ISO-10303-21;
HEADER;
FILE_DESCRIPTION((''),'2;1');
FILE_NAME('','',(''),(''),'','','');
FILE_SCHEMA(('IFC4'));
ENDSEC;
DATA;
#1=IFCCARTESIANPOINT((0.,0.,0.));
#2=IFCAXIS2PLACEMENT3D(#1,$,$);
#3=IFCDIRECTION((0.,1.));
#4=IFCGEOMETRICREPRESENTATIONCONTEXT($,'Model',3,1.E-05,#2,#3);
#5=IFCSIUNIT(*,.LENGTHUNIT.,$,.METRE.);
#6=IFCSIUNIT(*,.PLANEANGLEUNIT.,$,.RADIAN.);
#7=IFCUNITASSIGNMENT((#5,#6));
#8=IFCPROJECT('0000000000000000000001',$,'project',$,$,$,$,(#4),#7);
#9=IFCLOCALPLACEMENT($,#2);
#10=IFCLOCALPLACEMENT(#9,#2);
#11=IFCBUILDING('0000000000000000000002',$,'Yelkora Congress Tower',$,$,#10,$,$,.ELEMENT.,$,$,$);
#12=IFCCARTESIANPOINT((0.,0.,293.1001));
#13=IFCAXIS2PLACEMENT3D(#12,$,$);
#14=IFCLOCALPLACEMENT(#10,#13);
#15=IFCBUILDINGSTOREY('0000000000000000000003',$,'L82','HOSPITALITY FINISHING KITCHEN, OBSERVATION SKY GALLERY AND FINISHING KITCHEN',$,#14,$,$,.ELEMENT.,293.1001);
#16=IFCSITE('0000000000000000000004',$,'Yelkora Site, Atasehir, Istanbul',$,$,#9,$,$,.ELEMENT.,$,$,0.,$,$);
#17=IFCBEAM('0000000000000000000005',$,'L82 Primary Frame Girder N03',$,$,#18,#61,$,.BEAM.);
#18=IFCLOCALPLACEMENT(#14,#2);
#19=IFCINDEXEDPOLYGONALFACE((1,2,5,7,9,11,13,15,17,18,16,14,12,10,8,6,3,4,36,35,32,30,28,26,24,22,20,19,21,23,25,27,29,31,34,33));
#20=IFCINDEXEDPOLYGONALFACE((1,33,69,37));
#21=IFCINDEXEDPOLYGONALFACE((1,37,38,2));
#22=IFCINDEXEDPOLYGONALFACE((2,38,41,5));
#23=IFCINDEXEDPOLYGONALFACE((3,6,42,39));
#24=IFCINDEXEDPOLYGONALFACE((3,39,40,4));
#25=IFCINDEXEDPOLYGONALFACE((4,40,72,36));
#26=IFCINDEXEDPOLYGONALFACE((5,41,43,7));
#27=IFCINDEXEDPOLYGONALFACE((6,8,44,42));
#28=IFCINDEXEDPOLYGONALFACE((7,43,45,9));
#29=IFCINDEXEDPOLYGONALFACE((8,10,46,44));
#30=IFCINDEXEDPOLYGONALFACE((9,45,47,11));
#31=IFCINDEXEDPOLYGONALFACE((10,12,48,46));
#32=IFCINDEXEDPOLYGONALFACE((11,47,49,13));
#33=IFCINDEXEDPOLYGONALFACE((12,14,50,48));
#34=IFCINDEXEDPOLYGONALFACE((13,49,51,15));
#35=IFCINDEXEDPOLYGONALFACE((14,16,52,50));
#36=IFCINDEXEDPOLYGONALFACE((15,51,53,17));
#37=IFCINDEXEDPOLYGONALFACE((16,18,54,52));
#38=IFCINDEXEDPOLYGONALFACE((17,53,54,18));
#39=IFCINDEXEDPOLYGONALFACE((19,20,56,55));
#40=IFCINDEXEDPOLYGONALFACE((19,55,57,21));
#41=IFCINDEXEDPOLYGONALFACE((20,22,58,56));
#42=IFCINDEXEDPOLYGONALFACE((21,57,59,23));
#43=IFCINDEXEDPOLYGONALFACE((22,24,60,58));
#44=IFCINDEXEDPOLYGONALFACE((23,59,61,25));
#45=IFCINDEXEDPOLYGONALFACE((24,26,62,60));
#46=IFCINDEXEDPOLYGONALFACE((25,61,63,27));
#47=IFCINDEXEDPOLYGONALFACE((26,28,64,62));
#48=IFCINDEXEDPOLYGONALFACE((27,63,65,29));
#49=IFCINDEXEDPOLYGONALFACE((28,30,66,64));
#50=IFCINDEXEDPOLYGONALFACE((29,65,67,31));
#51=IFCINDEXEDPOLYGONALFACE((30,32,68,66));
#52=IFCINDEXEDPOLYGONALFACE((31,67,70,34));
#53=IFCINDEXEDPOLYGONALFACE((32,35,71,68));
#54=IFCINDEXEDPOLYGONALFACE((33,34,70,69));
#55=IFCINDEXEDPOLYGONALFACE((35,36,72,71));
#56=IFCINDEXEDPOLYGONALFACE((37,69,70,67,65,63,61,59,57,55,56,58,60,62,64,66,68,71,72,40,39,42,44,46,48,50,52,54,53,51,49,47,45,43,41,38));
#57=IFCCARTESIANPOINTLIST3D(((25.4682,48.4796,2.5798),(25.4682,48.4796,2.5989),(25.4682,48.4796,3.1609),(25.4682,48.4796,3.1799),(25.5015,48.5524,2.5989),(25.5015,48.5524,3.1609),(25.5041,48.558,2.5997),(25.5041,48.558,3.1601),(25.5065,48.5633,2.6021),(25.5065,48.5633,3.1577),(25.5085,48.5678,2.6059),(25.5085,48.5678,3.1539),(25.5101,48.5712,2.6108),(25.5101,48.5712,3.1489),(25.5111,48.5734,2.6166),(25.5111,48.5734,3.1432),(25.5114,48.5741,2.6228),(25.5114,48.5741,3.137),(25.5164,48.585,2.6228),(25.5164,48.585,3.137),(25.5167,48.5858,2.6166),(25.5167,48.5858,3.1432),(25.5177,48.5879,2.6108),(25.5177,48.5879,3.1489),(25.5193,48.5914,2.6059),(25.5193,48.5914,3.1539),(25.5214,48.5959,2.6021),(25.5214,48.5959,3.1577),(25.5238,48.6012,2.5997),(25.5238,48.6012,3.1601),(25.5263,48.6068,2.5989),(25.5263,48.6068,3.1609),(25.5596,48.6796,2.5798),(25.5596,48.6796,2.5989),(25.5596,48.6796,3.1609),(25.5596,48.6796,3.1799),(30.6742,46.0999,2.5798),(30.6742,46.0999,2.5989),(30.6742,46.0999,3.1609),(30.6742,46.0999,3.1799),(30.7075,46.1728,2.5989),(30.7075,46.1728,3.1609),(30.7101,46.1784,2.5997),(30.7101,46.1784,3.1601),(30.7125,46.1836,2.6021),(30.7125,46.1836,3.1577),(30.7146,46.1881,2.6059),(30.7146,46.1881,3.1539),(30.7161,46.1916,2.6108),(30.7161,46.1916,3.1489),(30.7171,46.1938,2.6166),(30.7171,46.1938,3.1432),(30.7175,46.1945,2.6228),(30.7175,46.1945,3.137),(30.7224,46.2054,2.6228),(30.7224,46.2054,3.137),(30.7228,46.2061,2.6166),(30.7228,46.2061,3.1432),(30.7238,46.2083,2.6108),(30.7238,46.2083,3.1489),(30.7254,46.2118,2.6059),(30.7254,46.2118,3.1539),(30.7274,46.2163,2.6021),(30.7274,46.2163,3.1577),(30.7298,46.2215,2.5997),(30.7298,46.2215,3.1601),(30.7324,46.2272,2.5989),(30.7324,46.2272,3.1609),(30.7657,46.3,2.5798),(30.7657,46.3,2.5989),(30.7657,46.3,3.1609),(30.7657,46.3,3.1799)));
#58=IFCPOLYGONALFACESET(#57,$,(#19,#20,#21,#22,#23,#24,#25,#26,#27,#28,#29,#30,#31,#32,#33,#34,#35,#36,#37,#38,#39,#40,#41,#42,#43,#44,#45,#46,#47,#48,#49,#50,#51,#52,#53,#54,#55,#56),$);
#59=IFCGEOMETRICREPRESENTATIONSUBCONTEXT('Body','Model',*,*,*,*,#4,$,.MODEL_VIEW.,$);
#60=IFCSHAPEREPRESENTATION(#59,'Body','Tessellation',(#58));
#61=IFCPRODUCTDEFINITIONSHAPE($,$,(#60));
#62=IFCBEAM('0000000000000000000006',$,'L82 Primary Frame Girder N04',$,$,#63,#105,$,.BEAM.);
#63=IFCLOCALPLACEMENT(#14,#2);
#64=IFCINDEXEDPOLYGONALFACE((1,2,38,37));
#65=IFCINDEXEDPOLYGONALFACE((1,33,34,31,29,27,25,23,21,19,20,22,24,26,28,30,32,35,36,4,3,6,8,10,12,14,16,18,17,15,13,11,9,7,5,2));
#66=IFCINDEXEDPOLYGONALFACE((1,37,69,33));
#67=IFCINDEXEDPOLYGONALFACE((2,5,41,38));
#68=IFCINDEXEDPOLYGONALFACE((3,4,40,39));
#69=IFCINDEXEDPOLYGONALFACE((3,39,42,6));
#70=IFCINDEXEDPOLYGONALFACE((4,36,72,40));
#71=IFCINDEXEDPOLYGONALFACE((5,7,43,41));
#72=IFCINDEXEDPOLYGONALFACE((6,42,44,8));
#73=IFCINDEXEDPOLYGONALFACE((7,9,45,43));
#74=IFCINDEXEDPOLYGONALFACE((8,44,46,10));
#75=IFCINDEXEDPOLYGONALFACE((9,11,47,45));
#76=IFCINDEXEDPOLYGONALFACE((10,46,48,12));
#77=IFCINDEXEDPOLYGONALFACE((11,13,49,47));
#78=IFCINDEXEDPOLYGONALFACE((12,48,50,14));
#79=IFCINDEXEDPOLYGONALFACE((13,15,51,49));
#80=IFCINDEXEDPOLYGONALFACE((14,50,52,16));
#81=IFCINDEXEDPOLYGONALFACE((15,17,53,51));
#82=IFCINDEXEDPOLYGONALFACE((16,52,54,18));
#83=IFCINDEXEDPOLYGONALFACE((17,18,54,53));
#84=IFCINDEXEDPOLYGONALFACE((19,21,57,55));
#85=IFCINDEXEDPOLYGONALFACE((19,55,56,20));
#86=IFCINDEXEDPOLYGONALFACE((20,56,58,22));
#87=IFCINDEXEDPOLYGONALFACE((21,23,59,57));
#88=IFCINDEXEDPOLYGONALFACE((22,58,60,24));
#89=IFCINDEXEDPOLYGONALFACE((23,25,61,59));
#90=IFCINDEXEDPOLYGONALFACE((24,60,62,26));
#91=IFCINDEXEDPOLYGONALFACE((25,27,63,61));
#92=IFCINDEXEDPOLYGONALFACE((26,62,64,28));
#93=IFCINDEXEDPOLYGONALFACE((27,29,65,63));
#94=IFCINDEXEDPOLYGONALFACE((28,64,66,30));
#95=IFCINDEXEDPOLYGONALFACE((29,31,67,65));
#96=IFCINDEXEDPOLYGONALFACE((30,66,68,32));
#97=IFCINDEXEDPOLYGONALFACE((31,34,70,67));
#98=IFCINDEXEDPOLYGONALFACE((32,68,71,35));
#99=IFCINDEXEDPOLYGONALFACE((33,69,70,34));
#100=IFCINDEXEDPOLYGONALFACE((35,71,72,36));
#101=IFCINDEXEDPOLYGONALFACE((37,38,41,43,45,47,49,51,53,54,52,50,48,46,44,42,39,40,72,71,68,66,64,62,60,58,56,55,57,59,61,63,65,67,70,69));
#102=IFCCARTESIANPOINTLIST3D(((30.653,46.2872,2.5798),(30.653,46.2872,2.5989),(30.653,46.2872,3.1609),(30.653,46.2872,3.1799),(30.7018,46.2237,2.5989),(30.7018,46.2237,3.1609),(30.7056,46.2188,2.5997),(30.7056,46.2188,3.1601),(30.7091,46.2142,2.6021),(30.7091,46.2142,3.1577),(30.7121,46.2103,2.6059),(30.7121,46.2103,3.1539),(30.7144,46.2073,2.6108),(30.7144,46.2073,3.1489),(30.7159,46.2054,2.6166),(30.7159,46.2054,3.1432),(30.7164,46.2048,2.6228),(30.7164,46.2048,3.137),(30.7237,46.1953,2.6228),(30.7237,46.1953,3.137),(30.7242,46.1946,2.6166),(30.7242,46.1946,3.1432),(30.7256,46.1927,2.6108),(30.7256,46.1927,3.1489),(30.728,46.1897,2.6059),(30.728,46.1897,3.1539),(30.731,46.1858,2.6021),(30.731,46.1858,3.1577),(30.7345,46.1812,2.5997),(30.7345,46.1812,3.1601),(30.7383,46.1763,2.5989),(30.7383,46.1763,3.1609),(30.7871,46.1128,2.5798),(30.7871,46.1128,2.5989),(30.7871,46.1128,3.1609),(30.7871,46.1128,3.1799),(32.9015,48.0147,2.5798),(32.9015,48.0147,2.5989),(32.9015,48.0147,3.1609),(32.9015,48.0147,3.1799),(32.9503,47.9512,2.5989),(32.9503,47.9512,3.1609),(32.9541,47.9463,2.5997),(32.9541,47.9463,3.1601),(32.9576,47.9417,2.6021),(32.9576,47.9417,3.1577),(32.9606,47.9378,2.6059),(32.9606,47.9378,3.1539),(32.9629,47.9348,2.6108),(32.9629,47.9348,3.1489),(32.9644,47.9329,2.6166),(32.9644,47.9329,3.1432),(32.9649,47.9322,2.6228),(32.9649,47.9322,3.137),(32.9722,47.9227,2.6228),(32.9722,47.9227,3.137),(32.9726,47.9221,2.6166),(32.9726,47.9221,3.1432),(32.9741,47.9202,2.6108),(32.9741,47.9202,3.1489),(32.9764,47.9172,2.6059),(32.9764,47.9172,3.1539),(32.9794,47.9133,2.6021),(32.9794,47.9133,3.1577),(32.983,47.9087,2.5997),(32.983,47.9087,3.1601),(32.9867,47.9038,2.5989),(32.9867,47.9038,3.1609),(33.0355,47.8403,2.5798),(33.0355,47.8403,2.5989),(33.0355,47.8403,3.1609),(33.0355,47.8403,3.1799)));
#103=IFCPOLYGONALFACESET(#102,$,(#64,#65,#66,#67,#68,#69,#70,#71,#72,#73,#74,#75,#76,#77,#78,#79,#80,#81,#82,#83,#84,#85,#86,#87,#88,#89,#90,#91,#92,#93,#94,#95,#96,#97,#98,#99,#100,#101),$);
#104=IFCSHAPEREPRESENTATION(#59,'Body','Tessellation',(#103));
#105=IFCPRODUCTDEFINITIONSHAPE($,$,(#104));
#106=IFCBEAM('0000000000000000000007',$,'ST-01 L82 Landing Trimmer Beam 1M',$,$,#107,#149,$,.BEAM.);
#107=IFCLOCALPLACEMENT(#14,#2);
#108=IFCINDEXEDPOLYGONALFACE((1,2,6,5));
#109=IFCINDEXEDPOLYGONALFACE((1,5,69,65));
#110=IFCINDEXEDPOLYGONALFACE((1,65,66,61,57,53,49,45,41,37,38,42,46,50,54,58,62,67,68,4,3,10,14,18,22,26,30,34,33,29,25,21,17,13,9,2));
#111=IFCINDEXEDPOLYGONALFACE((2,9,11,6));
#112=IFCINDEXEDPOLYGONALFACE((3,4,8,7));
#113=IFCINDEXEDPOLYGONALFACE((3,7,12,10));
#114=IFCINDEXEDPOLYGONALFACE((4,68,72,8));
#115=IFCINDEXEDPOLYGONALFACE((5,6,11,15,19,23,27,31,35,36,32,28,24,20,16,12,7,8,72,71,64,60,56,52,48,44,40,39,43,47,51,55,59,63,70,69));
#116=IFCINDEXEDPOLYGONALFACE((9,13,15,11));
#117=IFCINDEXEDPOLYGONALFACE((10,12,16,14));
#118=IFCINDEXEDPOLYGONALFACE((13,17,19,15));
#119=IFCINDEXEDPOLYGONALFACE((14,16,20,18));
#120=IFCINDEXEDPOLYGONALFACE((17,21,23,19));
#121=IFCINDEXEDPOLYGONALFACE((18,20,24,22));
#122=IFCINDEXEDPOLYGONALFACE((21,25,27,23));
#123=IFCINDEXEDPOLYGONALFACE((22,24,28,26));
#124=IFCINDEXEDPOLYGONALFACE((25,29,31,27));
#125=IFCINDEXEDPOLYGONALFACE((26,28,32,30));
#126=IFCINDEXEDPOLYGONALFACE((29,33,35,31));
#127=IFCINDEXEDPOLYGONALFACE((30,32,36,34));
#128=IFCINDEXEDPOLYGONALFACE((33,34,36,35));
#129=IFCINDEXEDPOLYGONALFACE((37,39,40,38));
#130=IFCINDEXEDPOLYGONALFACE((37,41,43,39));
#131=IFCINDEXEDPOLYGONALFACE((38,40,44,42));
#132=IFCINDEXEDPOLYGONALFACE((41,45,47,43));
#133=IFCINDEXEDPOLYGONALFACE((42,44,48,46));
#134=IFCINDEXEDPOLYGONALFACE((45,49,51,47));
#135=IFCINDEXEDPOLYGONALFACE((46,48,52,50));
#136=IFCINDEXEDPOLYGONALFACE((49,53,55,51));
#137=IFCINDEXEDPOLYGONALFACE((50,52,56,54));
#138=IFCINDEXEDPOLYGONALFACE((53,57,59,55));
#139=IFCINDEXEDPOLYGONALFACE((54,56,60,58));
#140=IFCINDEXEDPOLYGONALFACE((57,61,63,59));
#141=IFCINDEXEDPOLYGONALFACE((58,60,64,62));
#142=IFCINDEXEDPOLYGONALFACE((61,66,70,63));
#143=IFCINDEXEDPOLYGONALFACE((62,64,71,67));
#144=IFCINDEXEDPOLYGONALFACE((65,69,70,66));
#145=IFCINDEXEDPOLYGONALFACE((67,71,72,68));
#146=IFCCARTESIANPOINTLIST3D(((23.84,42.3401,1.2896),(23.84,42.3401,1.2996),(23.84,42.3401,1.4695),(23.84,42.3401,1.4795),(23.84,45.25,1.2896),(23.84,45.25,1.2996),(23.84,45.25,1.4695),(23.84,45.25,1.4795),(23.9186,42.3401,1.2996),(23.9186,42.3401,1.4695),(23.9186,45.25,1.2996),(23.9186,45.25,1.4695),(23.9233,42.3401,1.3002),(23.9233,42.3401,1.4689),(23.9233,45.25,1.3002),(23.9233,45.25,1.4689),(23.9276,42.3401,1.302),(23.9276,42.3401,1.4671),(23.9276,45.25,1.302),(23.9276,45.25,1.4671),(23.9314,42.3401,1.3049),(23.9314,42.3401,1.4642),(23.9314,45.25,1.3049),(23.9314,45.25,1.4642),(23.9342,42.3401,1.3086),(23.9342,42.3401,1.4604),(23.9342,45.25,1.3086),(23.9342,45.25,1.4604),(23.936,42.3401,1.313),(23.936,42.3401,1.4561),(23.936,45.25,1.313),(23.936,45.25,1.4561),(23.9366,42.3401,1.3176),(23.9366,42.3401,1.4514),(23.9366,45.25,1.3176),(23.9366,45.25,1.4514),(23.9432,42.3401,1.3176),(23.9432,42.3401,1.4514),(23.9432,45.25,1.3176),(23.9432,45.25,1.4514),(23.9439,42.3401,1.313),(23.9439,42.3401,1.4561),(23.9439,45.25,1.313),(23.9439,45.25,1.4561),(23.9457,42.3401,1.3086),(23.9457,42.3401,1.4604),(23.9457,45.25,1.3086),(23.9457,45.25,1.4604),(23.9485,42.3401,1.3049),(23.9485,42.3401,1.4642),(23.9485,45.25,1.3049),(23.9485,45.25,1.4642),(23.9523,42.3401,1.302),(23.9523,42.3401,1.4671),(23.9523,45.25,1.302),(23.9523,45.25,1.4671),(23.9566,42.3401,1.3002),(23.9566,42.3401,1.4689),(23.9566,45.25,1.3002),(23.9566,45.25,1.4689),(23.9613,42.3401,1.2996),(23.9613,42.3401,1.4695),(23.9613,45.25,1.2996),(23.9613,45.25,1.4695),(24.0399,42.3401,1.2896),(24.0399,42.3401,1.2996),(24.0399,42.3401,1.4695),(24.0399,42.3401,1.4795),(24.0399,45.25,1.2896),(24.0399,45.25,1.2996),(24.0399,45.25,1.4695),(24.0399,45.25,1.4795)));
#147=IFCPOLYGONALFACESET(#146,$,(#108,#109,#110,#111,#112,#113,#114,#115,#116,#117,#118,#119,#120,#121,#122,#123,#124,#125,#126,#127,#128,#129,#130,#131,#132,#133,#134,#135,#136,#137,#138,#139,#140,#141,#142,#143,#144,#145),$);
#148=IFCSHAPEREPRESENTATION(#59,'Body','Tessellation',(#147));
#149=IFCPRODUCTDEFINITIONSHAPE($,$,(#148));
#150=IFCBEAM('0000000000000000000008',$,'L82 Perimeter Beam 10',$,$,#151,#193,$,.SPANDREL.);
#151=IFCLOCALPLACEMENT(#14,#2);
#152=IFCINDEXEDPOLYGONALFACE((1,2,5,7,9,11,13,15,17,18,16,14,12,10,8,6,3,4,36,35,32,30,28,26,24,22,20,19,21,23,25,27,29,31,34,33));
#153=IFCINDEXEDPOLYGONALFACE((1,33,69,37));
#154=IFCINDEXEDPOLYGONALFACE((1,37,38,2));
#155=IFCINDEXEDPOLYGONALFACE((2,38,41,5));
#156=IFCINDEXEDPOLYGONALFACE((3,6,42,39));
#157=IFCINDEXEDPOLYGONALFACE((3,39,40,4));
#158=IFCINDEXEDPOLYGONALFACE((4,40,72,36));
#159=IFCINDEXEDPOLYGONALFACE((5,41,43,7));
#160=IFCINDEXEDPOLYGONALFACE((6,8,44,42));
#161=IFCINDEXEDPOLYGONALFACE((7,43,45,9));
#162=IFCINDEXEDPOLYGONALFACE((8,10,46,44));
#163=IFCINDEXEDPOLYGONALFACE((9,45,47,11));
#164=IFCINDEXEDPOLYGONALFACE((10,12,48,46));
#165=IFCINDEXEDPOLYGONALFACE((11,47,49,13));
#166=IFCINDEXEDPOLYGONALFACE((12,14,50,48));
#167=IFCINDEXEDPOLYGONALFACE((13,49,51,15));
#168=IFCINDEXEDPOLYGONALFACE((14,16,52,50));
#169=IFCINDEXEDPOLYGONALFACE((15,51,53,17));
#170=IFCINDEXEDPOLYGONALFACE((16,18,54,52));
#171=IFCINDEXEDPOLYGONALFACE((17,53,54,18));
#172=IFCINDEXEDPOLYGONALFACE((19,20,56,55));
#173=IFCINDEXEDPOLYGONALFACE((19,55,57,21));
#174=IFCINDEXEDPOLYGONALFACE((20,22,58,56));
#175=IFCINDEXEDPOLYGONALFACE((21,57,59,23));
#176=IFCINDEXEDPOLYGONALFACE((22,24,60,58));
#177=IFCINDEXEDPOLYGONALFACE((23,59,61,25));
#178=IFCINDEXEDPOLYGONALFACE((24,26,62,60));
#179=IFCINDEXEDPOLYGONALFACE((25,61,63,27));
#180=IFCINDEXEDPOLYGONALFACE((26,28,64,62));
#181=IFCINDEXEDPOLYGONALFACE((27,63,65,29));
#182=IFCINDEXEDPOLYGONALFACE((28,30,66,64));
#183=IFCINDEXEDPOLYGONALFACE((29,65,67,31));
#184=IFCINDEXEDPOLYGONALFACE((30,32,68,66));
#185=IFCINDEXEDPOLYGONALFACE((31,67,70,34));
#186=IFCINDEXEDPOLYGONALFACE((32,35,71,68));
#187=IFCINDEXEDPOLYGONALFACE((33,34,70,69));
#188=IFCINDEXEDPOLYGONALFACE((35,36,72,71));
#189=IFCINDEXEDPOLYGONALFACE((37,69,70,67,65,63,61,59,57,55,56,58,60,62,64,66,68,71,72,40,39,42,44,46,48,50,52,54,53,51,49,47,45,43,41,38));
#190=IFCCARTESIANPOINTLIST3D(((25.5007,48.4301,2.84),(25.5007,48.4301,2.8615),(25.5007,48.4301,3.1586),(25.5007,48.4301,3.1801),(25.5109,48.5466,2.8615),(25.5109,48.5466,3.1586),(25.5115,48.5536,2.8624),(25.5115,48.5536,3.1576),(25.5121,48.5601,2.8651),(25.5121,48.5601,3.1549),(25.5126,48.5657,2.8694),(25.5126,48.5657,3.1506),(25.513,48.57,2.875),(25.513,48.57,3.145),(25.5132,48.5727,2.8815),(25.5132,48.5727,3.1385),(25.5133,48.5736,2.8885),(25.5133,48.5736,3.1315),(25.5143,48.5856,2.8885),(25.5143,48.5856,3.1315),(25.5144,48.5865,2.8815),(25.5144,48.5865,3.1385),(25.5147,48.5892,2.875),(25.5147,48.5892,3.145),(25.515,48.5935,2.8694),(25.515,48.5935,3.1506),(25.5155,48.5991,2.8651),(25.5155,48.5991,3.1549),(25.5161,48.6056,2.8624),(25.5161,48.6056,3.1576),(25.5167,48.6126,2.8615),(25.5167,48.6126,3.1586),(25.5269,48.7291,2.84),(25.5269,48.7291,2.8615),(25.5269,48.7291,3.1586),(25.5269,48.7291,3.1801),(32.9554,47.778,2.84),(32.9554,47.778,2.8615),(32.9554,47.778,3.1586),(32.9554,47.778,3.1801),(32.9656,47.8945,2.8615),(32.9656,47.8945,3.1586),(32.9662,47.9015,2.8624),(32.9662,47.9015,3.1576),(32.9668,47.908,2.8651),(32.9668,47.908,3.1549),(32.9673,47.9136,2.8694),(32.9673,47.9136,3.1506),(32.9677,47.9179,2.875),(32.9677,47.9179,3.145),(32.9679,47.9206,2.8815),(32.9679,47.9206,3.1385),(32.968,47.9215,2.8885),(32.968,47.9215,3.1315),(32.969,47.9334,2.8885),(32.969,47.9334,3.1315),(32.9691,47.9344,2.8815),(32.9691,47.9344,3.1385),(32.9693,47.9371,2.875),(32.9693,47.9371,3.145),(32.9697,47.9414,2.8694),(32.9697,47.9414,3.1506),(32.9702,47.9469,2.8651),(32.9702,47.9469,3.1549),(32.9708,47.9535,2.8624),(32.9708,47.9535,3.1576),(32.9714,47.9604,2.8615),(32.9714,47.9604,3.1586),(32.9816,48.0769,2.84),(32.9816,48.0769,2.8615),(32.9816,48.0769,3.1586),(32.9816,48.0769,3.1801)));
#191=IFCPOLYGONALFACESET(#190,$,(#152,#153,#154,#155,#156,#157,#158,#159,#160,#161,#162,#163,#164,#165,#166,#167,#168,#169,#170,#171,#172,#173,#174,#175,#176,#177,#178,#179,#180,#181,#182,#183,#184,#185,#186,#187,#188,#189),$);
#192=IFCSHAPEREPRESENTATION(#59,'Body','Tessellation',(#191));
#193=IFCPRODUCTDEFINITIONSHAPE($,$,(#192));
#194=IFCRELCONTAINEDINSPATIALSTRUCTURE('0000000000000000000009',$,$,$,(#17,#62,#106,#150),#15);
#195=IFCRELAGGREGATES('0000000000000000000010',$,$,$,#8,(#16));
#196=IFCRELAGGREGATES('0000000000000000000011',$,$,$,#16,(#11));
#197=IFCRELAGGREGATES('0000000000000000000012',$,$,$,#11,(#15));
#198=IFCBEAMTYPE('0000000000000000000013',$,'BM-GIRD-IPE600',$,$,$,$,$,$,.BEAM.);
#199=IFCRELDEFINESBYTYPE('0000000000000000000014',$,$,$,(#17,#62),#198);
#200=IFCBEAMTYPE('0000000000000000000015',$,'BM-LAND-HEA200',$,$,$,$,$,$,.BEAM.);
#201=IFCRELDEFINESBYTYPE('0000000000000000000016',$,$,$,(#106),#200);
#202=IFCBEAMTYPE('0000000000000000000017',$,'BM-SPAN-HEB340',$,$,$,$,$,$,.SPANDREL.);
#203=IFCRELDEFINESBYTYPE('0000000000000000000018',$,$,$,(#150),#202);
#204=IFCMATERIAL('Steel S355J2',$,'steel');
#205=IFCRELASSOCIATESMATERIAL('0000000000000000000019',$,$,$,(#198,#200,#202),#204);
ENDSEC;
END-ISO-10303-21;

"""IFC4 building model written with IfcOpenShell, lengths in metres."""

from ifc_helpers import new_model, si_unit, direction, frame, origin, origin_2d, place, context, subcontext, project, spatial, i_section, extrude, material, material_profile, profile_set, type_object, element, save


model = new_model("IFC4")

# Units and contexts
model_context = context("Model", 3, precision=1e-05, world=origin(), true_north=direction((0.0, 1.0)))
body_context = subcontext(model_context, "Body", "Model", "MODEL_VIEW")
ifc_project = project(units=[si_unit("LENGTHUNIT", "METRE"), si_unit("PLANEANGLEUNIT", "RADIAN")], contexts=[model_context])

# Site, building, storey
site_placement = place(None, origin())
site = spatial("IfcSite", under=ifc_project, at=site_placement, Name="Yelkora Site, Atasehir, Istanbul", CompositionType="ELEMENT", RefElevation=0.0)
building_placement = place(site_placement, origin())
building = spatial("IfcBuilding", under=site, at=building_placement, Name="Yelkora Congress Tower", CompositionType="ELEMENT")
storey_placement = place(building_placement, frame((0.0, 0.0, 293.1001)))
storey = spatial("IfcBuildingStorey", under=building, at=storey_placement, Name="L82", Description="HOSPITALITY FINISHING KITCHEN, OBSERVATION SKY GALLERY AND FINISHING KITCHEN", CompositionType="ELEMENT", Elevation=293.1001)

# Shared definitions
ifc_material_1 = material(Name="Steel S355J2", Category="steel")

# Beams
ifc_material_profile_1 = material_profile(ifc_material_1, i_section(OverallWidth=0.22, OverallDepth=0.6001, WebThickness=0.012, FlangeThickness=0.019, FilletRadius=0.0239, at=origin_2d()), Name="IPE 600")
ifc_profile_set_1 = profile_set([ifc_material_profile_1], Name="Steel S355J2")
beam_type_1 = type_object("IfcBeamType", Name="BM-GIRD-IPE600", PredefinedType="BEAM", material=ifc_profile_set_1)
beam_1_placement = place(storey_placement, frame((25.5139, 48.5796, 2.8799), z_axis=(0.909492, -0.41572, 0.0), x_axis=(0.41572, 0.909492, 0.0)))
element("IfcBeam", 1, at=beam_1_placement, inside=storey, type_object=beam_type_1, Name="L82 Primary Frame Girder N03", PredefinedType="BEAM", context=body_context, shape_type="SweptSolid", body=[
    extrude(i_section(OverallWidth=0.22, OverallDepth=0.6001, WebThickness=0.012, FlangeThickness=0.019, FilletRadius=0.0239, at=origin_2d()), origin(), (0.0, 0.0, 1.0), 5.7241),
])
beam_2_placement = place(storey_placement, frame((32.9685, 47.9275, 2.8799), z_axis=(-0.792982, -0.609245, 0.0), x_axis=(0.609245, -0.792982, 0.0)))
element("IfcBeam", 2, at=beam_2_placement, inside=storey, type_object=beam_type_1, Name="L82 Primary Frame Girder N04", PredefinedType="BEAM", context=body_context, shape_type="SweptSolid", body=[
    extrude(i_section(OverallWidth=0.22, OverallDepth=0.6001, WebThickness=0.012, FlangeThickness=0.019, FilletRadius=0.0239, at=origin_2d()), origin(), (0.0, 0.0, 1.0), 2.8354),
])
ifc_material_profile_2 = material_profile(ifc_material_1, i_section(OverallWidth=0.2, OverallDepth=0.1899, WebThickness=0.0066, FlangeThickness=0.01, FilletRadius=0.0181, at=origin_2d()), Name="HEA 200")
ifc_profile_set_2 = profile_set([ifc_material_profile_2], Name="Steel S355J2")
beam_type_2 = type_object("IfcBeamType", Name="BM-LAND-HEA200", PredefinedType="BEAM", material=ifc_profile_set_2)
beam_3_placement = place(storey_placement, frame((23.9399, 42.3401, 1.3845), z_axis=(0.0, 1.0, 0.0), x_axis=(-1.0, 0.0, 0.0)))
element("IfcBeam", 3, at=beam_3_placement, inside=storey, type_object=beam_type_2, Name="ST-01 L82 Landing Trimmer Beam 1M", PredefinedType="BEAM", context=body_context, shape_type="SweptSolid", body=[
    extrude(i_section(OverallWidth=0.2, OverallDepth=0.1899, WebThickness=0.0066, FlangeThickness=0.01, FilletRadius=0.0181, at=origin_2d()), origin(), (0.0, 0.0, 1.0), 2.9099),
])
ifc_material_profile_3 = material_profile(ifc_material_1, i_section(OverallWidth=0.3, OverallDepth=0.3401, WebThickness=0.012, FlangeThickness=0.0215, FilletRadius=0.0271, at=origin_2d()), Name="HEB 340")
ifc_profile_set_3 = profile_set([ifc_material_profile_3], Name="Steel S355J2")
beam_type_3 = type_object("IfcBeamType", Name="BM-SPAN-HEB340", PredefinedType="SPANDREL", material=ifc_profile_set_3)
beam_4_placement = place(storey_placement, frame((32.9685, 47.9275, 3.01), z_axis=(-0.996196, 0.087143, 0.0), x_axis=(-0.087143, -0.996196, 0.0)))
element("IfcBeam", 4, at=beam_4_placement, inside=storey, type_object=beam_type_3, Name="L82 Perimeter Beam 10", PredefinedType="SPANDREL", context=body_context, shape_type="SweptSolid", body=[
    extrude(i_section(OverallWidth=0.3, OverallDepth=0.3401, WebThickness=0.012, FlangeThickness=0.0215, FilletRadius=0.0271, at=origin_2d()), origin(), (0.0, 0.0, 1.0), 7.4832),
])

save(model, "model.ifc")
